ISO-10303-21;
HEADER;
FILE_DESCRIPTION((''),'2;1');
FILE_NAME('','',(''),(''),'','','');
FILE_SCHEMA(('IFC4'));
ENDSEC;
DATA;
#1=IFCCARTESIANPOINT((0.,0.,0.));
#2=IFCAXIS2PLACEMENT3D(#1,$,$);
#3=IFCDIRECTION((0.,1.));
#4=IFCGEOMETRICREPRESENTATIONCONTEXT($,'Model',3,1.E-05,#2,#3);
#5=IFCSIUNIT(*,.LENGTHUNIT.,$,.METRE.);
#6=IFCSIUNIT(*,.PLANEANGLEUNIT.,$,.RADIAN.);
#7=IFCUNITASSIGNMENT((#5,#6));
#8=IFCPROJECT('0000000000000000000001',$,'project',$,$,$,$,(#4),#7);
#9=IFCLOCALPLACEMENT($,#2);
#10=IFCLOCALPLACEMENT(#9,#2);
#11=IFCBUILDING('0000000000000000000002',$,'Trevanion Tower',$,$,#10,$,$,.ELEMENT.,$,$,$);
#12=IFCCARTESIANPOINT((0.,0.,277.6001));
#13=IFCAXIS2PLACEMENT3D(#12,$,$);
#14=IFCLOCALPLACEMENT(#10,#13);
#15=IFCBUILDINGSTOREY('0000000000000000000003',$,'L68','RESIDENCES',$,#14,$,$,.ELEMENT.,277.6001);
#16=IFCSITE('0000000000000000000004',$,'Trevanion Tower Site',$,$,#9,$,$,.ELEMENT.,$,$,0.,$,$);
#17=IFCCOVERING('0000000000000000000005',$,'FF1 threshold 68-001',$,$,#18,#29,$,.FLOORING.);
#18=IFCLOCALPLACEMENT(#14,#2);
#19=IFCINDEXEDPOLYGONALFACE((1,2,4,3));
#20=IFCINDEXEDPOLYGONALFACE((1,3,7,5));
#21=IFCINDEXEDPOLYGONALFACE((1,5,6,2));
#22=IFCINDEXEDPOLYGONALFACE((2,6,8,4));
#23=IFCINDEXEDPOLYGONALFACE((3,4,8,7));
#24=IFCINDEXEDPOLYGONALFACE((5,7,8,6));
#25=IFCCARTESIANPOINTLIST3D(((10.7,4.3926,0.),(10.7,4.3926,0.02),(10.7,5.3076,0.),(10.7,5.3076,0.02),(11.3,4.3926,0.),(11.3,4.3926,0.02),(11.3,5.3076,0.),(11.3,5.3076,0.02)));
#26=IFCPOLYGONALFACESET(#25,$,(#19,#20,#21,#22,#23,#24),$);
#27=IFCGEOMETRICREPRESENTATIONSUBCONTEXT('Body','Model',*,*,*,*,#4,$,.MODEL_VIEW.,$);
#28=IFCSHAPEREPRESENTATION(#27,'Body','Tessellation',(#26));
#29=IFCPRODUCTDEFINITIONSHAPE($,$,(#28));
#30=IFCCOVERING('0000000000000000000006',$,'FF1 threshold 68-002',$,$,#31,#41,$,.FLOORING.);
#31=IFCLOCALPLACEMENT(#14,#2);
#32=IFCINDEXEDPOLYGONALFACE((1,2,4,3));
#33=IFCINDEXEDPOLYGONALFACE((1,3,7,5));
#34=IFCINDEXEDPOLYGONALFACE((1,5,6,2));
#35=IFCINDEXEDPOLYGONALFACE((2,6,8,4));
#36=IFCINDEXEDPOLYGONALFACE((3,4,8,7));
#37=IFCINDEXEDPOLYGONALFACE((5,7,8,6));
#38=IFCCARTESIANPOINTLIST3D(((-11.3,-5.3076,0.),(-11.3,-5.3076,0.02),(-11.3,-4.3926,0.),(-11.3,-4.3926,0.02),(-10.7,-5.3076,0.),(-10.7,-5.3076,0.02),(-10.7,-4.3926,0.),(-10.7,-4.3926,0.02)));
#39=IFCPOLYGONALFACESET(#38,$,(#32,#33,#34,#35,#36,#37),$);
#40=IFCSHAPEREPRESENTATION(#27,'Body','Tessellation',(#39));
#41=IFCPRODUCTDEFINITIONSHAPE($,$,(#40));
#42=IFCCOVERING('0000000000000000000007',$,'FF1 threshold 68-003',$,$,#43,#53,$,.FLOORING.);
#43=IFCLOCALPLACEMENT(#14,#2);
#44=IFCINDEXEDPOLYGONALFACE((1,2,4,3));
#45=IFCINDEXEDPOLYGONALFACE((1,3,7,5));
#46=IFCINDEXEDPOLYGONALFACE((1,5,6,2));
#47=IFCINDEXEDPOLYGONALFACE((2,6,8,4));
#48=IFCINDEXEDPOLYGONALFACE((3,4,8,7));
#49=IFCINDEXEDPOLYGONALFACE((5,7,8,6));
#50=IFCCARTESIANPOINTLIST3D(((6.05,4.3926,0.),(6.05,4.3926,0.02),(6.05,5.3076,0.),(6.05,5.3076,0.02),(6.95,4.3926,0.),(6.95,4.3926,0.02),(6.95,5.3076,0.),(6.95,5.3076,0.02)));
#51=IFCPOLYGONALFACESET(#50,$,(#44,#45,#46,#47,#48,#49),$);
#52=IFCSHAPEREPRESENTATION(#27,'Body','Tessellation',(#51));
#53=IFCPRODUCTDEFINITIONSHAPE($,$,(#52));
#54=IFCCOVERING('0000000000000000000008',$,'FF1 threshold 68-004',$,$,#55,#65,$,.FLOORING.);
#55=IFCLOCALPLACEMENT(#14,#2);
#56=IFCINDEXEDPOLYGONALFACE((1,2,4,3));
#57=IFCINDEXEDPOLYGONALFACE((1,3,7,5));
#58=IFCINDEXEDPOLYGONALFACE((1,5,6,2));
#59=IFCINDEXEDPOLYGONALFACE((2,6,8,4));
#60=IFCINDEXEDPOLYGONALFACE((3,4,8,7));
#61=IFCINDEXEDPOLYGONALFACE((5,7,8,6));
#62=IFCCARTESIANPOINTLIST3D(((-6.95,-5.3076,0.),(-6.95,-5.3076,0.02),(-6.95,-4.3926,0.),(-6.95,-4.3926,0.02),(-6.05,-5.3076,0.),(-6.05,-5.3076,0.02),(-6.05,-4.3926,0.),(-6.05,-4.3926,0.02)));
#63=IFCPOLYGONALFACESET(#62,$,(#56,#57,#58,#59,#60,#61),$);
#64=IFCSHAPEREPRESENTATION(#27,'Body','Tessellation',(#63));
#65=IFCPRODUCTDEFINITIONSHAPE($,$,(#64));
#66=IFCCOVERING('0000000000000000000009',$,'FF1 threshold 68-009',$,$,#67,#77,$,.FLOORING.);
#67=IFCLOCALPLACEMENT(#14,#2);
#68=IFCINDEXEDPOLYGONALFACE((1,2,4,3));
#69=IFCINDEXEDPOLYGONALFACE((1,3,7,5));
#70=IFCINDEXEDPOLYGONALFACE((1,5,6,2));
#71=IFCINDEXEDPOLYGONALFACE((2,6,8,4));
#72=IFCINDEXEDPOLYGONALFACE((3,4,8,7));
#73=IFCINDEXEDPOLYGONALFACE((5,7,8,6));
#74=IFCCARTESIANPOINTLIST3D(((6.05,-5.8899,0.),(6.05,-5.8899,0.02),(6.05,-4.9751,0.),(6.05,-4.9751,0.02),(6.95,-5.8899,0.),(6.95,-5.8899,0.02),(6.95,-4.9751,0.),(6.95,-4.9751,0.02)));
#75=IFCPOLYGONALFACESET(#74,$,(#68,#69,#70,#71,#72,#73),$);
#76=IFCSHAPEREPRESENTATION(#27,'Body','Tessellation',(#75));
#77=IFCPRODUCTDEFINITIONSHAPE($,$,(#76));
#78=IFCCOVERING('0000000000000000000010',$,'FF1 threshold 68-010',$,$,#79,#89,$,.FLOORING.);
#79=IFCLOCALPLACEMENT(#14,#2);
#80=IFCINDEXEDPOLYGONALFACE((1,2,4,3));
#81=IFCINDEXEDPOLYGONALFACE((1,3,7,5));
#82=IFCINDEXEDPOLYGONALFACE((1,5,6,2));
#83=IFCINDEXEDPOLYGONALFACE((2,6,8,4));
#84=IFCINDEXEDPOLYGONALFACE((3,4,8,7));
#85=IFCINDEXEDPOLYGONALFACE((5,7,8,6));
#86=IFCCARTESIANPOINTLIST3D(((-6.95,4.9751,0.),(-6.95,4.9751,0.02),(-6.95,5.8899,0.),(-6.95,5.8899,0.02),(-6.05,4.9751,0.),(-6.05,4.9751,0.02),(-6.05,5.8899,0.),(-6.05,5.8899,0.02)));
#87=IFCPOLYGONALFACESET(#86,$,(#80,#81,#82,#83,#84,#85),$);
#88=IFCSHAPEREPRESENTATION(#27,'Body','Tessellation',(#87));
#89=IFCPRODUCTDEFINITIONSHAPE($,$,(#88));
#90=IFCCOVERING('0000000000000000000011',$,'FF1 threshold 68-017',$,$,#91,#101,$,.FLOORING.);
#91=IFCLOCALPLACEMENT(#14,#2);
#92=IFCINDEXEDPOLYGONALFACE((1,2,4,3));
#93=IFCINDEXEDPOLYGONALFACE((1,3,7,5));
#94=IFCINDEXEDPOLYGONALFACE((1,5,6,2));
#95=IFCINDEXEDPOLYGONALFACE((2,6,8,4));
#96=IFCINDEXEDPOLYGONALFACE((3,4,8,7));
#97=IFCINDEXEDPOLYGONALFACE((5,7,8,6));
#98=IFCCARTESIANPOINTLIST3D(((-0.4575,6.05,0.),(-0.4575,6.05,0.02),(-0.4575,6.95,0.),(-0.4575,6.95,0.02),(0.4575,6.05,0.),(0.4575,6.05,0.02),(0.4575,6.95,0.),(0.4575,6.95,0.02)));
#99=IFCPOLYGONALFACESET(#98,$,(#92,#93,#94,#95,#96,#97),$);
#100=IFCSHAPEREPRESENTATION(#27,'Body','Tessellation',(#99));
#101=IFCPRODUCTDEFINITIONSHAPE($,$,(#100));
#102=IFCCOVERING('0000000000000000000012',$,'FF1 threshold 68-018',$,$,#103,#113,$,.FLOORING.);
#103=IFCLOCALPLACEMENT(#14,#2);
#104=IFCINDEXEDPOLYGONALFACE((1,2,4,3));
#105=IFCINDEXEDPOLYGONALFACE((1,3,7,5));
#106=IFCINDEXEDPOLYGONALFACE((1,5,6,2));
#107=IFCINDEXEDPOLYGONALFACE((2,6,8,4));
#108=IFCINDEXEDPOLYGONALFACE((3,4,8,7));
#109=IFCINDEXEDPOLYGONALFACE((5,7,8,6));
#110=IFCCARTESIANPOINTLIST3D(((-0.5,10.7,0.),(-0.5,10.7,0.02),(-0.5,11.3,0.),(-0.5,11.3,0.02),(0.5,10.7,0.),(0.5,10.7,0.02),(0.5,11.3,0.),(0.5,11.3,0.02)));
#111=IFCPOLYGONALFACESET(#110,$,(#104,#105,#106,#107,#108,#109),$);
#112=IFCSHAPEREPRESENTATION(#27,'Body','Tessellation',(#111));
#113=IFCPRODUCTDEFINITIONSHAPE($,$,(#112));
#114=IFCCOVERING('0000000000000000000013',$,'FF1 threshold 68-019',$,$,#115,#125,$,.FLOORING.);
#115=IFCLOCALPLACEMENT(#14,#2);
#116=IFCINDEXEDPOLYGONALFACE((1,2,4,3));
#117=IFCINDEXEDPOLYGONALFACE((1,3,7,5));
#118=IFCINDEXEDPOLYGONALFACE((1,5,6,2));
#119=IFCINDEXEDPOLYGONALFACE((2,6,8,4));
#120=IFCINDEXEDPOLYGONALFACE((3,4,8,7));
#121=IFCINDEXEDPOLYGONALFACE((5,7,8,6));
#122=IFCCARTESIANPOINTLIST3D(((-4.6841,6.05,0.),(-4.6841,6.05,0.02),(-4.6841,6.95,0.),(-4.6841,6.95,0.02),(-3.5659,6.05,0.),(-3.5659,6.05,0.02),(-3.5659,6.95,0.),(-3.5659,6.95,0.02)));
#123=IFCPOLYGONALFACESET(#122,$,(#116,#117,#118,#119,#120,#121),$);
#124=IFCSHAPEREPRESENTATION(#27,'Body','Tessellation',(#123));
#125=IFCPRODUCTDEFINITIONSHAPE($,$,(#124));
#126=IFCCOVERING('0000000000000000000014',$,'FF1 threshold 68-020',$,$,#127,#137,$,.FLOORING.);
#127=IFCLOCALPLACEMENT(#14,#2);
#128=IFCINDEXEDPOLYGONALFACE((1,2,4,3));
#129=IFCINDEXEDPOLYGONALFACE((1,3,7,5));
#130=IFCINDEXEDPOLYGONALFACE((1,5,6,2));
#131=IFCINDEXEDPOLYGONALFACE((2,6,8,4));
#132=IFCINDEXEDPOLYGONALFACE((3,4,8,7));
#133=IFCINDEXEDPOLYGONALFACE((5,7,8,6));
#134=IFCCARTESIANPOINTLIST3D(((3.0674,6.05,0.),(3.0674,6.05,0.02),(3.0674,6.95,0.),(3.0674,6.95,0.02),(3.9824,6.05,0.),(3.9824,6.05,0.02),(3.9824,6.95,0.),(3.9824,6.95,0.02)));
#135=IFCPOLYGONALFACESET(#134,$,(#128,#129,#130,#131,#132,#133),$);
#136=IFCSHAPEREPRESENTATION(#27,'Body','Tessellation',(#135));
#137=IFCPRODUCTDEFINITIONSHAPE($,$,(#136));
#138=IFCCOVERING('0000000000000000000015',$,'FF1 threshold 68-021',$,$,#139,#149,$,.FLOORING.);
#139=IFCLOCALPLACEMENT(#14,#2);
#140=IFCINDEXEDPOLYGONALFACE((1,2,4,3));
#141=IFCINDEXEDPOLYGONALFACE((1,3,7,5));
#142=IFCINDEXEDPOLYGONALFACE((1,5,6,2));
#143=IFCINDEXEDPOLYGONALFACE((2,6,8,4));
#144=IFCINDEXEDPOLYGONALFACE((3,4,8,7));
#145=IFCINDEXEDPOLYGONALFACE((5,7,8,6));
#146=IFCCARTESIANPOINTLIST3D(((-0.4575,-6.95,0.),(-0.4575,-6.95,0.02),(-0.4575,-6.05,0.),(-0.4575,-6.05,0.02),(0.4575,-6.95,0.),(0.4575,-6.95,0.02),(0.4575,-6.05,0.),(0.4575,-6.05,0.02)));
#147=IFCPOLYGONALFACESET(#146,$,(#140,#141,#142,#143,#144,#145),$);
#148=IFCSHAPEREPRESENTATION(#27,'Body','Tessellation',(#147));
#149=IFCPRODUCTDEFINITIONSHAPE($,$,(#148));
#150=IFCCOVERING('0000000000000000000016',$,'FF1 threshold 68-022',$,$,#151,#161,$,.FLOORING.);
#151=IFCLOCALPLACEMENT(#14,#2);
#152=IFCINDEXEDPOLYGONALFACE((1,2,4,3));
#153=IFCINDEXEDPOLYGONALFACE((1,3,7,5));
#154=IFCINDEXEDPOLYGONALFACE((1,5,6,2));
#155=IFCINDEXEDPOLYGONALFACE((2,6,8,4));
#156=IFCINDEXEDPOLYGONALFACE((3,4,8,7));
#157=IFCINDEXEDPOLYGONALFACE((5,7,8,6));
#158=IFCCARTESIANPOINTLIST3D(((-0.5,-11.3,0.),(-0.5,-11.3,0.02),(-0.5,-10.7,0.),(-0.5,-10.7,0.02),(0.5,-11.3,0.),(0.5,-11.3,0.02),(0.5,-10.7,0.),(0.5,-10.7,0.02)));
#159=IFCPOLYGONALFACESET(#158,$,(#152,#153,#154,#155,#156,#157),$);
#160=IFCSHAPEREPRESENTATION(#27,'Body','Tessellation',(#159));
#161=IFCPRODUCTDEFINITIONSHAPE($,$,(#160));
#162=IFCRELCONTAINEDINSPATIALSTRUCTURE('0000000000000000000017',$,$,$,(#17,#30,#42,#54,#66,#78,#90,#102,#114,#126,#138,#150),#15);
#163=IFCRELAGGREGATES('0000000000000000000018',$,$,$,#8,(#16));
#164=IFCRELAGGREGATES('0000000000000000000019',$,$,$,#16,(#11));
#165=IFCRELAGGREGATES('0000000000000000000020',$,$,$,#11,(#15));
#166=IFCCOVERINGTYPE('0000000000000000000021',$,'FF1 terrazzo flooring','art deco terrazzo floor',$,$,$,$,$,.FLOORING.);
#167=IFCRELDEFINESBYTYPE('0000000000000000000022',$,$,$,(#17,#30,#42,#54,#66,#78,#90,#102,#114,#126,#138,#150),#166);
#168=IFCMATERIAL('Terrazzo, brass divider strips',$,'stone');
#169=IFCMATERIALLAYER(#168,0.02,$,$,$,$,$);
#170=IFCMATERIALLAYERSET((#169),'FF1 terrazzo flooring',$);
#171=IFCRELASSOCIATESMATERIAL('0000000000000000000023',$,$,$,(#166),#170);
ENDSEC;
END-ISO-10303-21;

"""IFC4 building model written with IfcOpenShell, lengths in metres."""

from ifc_helpers import new_model, si_unit, direction, frame, origin, place, context, subcontext, project, spatial, polyline, outline, extrude, material, layer, layer_set, type_object, element, save


model = new_model("IFC4")

# Units and contexts
model_context = context("Model", 3, precision=1e-05, world=origin(), true_north=direction((0.0, 1.0)))
body_context = subcontext(model_context, "Body", "Model", "MODEL_VIEW")
ifc_project = project(units=[si_unit("LENGTHUNIT", "METRE"), si_unit("PLANEANGLEUNIT", "RADIAN")], contexts=[model_context])

# Site, building, storey
site_placement = place(None, origin())
site = spatial("IfcSite", under=ifc_project, at=site_placement, Name="Trevanion Tower Site", CompositionType="ELEMENT", RefElevation=0.0)
building_placement = place(site_placement, origin())
building = spatial("IfcBuilding", under=site, at=building_placement, Name="Trevanion Tower", CompositionType="ELEMENT")
storey_placement = place(building_placement, frame((0.0, 0.0, 277.6001)))
storey = spatial("IfcBuildingStorey", under=building, at=storey_placement, Name="L68", Description="RESIDENCES", CompositionType="ELEMENT", Elevation=277.6001)

# Coverings
ifc_material_1 = material(Name="Terrazzo, brass divider strips", Category="stone")
ifc_layer_1 = layer(ifc_material_1, 0.02)
ifc_layer_set_1 = layer_set([ifc_layer_1], Name="FF1 terrazzo flooring")
covering_type = type_object("IfcCoveringType", Name="FF1 terrazzo flooring", Description="art deco terrazzo floor", PredefinedType="FLOORING", material=ifc_layer_set_1)
covering_1_placement = place(storey_placement, origin())
element("IfcCovering", 1, at=covering_1_placement, inside=storey, type_object=covering_type, Name="FF1 threshold 68-001", PredefinedType="FLOORING", context=body_context, shape_type="SweptSolid", body=[
    extrude(outline(polyline([(11.3, 4.3926), (11.3, 5.3076), (10.7, 5.3076), (10.7, 4.3926), (11.3, 4.3926)])), origin(), (0.0, 0.0, 1.0), 0.02),
])
covering_2_placement = place(storey_placement, origin())
element("IfcCovering", 2, at=covering_2_placement, inside=storey, type_object=covering_type, Name="FF1 threshold 68-002", PredefinedType="FLOORING", context=body_context, shape_type="SweptSolid", body=[
    extrude(outline(polyline([(-11.3, -4.3926), (-11.3, -5.3076), (-10.7, -5.3076), (-10.7, -4.3926), (-11.3, -4.3926)])), origin(), (0.0, 0.0, 1.0), 0.02),
])
covering_3_placement = place(storey_placement, origin())
element("IfcCovering", 3, at=covering_3_placement, inside=storey, type_object=covering_type, Name="FF1 threshold 68-003", PredefinedType="FLOORING", context=body_context, shape_type="SweptSolid", body=[
    extrude(outline(polyline([(6.95, 4.3926), (6.95, 5.3076), (6.05, 5.3076), (6.05, 4.3926), (6.95, 4.3926)])), origin(), (0.0, 0.0, 1.0), 0.02),
])
covering_4_placement = place(storey_placement, origin())
element("IfcCovering", 4, at=covering_4_placement, inside=storey, type_object=covering_type, Name="FF1 threshold 68-004", PredefinedType="FLOORING", context=body_context, shape_type="SweptSolid", body=[
    extrude(outline(polyline([(-6.95, -4.3926), (-6.95, -5.3076), (-6.05, -5.3076), (-6.05, -4.3926), (-6.95, -4.3926)])), origin(), (0.0, 0.0, 1.0), 0.02),
])
covering_5_placement = place(storey_placement, origin())
element("IfcCovering", 5, at=covering_5_placement, inside=storey, type_object=covering_type, Name="FF1 threshold 68-009", PredefinedType="FLOORING", context=body_context, shape_type="SweptSolid", body=[
    extrude(outline(polyline([(6.95, -5.8899), (6.95, -4.9751), (6.05, -4.9751), (6.05, -5.8899), (6.95, -5.8899)])), origin(), (0.0, 0.0, 1.0), 0.02),
])
covering_6_placement = place(storey_placement, origin())
element("IfcCovering", 6, at=covering_6_placement, inside=storey, type_object=covering_type, Name="FF1 threshold 68-010", PredefinedType="FLOORING", context=body_context, shape_type="SweptSolid", body=[
    extrude(outline(polyline([(-6.95, 5.8899), (-6.95, 4.9751), (-6.05, 4.9751), (-6.05, 5.8899), (-6.95, 5.8899)])), origin(), (0.0, 0.0, 1.0), 0.02),
])
covering_7_placement = place(storey_placement, origin())
element("IfcCovering", 7, at=covering_7_placement, inside=storey, type_object=covering_type, Name="FF1 threshold 68-017", PredefinedType="FLOORING", context=body_context, shape_type="SweptSolid", body=[
    extrude(outline(polyline([(0.4575, 6.95), (-0.4575, 6.95), (-0.4575, 6.05), (0.4575, 6.05), (0.4575, 6.95)])), origin(), (0.0, 0.0, 1.0), 0.02),
])
covering_8_placement = place(storey_placement, origin())
element("IfcCovering", 8, at=covering_8_placement, inside=storey, type_object=covering_type, Name="FF1 threshold 68-018", PredefinedType="FLOORING", context=body_context, shape_type="SweptSolid", body=[
    extrude(outline(polyline([(0.5, 11.3), (-0.5, 11.3), (-0.5, 10.7), (0.5, 10.7), (0.5, 11.3)])), origin(), (0.0, 0.0, 1.0), 0.02),
])
covering_9_placement = place(storey_placement, origin())
element("IfcCovering", 9, at=covering_9_placement, inside=storey, type_object=covering_type, Name="FF1 threshold 68-019", PredefinedType="FLOORING", context=body_context, shape_type="SweptSolid", body=[
    extrude(outline(polyline([(-3.5659, 6.95), (-4.6841, 6.95), (-4.6841, 6.05), (-3.5659, 6.05), (-3.5659, 6.95)])), origin(), (0.0, 0.0, 1.0), 0.02),
])
covering_10_placement = place(storey_placement, origin())
element("IfcCovering", 10, at=covering_10_placement, inside=storey, type_object=covering_type, Name="FF1 threshold 68-020", PredefinedType="FLOORING", context=body_context, shape_type="SweptSolid", body=[
    extrude(outline(polyline([(3.9824, 6.95), (3.0674, 6.95), (3.0674, 6.05), (3.9824, 6.05), (3.9824, 6.95)])), origin(), (0.0, 0.0, 1.0), 0.02),
])
covering_11_placement = place(storey_placement, origin())
element("IfcCovering", 11, at=covering_11_placement, inside=storey, type_object=covering_type, Name="FF1 threshold 68-021", PredefinedType="FLOORING", context=body_context, shape_type="SweptSolid", body=[
    extrude(outline(polyline([(-0.4575, -6.95), (0.4575, -6.95), (0.4575, -6.05), (-0.4575, -6.05), (-0.4575, -6.95)])), origin(), (0.0, 0.0, 1.0), 0.02),
])
covering_12_placement = place(storey_placement, origin())
element("IfcCovering", 12, at=covering_12_placement, inside=storey, type_object=covering_type, Name="FF1 threshold 68-022", PredefinedType="FLOORING", context=body_context, shape_type="SweptSolid", body=[
    extrude(outline(polyline([(-0.5, -11.3), (0.5, -11.3), (0.5, -10.7), (-0.5, -10.7), (-0.5, -11.3)])), origin(), (0.0, 0.0, 1.0), 0.02),
])

save(model, "model.ifc")
